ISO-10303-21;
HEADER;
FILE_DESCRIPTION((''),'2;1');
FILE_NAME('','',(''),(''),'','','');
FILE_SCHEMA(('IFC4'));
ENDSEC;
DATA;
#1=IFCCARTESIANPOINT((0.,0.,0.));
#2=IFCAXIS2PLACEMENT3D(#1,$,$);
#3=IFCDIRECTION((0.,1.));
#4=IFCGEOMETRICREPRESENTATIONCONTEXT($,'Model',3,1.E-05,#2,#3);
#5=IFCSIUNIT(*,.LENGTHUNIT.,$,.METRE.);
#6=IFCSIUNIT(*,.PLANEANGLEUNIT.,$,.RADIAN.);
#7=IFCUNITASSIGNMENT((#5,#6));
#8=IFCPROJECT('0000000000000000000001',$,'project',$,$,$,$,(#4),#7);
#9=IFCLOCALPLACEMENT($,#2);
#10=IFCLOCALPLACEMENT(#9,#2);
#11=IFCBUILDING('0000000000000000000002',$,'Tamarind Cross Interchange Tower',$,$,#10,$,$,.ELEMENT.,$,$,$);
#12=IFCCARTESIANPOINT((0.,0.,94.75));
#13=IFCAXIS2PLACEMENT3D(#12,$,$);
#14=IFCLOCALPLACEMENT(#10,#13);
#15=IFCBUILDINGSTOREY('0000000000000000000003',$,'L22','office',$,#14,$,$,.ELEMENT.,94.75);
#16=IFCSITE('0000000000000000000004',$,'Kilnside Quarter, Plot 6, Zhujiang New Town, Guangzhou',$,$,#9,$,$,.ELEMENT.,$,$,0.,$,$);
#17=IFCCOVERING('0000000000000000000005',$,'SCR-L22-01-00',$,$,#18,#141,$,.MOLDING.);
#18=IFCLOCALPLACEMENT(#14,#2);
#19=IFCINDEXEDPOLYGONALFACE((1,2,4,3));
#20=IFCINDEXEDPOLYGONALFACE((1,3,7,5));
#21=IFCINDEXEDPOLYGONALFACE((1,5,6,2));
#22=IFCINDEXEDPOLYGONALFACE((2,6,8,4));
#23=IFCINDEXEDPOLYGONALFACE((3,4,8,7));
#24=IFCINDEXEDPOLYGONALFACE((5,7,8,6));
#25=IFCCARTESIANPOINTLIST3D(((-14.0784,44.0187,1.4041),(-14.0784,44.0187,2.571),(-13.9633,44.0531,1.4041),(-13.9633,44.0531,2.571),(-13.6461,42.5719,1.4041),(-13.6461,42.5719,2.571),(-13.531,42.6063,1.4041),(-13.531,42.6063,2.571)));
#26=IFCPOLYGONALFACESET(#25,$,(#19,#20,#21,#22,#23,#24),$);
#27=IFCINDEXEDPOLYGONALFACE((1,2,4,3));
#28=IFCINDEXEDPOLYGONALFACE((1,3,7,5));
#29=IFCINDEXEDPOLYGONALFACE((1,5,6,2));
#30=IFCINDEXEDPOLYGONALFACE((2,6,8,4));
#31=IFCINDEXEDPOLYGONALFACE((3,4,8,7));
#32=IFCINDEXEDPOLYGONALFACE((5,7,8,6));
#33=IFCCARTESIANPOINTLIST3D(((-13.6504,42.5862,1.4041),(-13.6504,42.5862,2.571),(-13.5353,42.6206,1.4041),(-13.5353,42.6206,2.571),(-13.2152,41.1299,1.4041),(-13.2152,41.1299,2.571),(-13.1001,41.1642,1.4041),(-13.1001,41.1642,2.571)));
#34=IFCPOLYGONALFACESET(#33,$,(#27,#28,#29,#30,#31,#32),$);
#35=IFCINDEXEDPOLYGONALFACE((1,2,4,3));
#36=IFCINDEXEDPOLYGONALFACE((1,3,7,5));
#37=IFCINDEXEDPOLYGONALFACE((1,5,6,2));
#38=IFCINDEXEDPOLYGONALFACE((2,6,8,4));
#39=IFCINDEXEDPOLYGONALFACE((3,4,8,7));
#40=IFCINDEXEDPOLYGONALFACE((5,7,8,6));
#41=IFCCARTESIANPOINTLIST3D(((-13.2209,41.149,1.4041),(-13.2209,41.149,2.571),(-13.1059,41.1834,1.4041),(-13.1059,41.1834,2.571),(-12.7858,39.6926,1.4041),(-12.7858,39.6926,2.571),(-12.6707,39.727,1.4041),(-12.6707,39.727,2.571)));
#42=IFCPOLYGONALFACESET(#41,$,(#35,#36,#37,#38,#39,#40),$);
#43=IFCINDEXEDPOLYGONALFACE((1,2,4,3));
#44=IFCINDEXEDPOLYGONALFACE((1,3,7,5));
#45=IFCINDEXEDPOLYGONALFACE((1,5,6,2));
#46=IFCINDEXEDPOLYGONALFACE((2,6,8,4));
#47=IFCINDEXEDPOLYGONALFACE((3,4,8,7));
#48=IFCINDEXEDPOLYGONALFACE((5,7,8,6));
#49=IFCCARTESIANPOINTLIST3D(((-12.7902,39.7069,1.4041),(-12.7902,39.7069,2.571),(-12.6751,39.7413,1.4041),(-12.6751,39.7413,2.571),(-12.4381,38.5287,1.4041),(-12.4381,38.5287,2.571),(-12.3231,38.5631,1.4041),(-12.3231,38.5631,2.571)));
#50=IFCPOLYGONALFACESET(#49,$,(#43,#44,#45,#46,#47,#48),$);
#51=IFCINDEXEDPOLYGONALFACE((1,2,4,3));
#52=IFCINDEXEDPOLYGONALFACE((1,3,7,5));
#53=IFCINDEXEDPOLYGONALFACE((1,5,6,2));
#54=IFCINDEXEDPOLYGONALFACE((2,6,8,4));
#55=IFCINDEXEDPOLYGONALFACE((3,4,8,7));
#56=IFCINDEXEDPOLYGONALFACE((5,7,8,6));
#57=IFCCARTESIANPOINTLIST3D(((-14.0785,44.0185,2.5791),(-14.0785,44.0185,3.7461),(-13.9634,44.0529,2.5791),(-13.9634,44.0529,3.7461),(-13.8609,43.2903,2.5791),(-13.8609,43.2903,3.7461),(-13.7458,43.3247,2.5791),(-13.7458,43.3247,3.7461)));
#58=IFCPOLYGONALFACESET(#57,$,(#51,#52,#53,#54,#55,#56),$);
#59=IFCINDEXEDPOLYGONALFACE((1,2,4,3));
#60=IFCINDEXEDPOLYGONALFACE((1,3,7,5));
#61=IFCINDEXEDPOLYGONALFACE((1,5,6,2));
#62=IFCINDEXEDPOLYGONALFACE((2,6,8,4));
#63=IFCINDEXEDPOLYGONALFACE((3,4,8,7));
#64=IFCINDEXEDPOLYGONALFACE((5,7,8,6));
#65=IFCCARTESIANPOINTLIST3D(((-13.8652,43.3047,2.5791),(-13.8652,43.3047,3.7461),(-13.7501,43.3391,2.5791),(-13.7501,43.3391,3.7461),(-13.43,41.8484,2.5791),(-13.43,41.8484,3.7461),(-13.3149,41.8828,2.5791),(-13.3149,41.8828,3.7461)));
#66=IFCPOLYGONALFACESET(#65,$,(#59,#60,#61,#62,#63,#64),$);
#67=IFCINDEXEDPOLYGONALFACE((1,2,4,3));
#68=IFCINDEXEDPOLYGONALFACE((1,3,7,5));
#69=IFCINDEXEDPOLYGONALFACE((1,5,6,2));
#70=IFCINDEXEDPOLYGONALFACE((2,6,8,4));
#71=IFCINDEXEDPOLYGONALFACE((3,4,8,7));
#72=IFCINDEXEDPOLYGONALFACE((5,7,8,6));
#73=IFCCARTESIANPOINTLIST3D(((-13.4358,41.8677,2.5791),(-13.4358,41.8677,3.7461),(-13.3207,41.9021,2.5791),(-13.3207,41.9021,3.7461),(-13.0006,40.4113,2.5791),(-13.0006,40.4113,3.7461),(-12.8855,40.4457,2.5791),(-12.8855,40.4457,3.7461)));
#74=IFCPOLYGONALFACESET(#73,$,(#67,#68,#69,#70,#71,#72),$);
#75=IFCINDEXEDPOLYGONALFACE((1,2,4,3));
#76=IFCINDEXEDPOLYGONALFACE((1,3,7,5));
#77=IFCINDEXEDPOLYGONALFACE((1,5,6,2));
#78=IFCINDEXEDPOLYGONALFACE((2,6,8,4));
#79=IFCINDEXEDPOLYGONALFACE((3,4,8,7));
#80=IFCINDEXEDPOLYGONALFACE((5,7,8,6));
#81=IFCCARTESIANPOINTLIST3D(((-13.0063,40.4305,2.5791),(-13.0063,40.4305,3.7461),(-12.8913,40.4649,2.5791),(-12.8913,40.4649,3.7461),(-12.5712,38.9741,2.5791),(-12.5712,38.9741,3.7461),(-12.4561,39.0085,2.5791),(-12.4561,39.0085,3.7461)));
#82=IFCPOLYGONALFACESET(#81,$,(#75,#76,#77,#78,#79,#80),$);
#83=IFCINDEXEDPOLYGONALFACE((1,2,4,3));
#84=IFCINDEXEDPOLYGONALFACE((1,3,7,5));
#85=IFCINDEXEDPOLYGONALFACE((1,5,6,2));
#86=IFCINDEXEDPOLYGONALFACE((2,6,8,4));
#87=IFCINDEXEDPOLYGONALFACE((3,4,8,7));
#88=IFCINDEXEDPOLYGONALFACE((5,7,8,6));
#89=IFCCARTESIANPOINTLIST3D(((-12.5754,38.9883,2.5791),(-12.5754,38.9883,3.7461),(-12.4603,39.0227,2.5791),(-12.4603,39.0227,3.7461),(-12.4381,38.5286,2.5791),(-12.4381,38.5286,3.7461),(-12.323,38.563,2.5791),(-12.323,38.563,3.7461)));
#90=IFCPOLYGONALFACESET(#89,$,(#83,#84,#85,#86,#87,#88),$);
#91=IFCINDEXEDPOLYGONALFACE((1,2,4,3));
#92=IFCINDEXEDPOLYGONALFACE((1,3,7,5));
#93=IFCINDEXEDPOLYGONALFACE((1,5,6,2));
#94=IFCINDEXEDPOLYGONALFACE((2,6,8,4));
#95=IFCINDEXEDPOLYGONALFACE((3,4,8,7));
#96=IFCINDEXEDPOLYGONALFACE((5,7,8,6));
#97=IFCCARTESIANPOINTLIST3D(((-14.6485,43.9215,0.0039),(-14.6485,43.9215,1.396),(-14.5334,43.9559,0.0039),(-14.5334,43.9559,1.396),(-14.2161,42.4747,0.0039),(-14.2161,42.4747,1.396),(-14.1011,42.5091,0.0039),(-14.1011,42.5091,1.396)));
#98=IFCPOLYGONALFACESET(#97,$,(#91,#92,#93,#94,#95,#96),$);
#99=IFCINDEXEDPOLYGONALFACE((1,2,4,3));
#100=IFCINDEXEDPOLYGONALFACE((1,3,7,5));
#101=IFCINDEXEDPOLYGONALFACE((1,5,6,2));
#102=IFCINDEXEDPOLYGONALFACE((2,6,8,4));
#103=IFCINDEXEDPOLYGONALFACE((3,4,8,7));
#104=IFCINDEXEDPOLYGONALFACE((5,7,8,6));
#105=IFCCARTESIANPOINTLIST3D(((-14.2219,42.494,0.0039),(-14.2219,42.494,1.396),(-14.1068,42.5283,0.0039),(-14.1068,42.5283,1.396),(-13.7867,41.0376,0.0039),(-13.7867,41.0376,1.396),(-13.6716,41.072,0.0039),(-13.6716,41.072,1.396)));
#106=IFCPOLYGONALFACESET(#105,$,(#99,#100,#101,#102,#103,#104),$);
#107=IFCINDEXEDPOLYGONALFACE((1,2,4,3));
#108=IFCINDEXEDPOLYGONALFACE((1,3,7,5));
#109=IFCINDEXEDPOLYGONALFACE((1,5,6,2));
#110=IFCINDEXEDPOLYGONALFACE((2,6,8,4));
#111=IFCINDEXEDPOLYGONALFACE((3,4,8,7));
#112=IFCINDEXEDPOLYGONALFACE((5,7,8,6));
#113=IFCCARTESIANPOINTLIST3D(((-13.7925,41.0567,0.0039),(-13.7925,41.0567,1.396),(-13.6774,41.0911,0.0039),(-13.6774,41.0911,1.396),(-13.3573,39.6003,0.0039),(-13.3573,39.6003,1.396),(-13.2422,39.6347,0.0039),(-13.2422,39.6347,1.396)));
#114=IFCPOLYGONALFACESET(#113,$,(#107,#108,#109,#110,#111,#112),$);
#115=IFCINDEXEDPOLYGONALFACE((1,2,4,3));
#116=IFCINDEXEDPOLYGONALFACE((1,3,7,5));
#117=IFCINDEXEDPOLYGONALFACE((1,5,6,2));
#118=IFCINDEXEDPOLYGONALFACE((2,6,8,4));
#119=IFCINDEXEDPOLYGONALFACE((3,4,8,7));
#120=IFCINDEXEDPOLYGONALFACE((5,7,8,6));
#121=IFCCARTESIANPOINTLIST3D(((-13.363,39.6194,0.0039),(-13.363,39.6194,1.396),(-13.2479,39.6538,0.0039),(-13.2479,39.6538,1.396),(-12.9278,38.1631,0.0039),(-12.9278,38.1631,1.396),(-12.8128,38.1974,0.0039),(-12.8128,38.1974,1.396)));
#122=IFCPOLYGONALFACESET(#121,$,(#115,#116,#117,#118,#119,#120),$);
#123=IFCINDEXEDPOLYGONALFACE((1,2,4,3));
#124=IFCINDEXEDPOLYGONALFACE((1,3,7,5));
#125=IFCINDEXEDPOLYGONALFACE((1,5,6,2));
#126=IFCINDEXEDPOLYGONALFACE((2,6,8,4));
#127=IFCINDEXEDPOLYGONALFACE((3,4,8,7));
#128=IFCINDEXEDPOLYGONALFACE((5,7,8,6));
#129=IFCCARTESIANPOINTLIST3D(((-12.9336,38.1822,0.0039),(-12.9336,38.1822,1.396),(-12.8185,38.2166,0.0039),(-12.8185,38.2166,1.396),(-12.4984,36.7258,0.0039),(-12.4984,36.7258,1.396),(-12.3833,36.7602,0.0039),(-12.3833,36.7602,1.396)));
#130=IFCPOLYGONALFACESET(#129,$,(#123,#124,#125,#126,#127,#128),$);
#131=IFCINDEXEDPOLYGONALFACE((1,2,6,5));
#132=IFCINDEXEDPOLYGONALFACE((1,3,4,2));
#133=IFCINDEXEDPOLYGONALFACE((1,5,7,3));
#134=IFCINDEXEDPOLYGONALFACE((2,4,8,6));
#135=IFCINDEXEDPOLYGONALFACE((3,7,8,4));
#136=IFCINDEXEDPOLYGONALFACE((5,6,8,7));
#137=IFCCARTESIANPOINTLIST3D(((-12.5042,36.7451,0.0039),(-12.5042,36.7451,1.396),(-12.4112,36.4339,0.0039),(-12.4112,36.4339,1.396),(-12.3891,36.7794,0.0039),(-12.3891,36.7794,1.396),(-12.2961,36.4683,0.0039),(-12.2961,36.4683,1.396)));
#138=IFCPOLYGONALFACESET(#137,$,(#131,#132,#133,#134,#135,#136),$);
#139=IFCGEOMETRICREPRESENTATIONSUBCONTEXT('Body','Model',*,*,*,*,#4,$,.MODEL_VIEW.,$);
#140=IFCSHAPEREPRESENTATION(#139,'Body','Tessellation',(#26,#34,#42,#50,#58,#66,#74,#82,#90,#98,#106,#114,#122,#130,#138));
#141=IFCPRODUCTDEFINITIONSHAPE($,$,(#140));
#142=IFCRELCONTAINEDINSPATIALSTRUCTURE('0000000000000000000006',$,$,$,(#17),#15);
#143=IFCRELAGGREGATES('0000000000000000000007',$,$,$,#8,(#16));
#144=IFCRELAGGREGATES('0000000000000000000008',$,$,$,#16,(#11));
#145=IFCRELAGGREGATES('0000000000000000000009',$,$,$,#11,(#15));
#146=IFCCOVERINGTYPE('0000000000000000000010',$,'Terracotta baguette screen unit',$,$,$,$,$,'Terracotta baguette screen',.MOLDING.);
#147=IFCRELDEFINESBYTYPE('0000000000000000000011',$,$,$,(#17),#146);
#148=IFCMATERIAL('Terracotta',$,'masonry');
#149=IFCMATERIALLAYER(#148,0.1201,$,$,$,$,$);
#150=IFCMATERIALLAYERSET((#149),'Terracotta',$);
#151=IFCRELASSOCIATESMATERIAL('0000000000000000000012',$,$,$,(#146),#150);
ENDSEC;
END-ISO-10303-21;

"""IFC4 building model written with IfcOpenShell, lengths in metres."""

from ifc_helpers import new_model, si_unit, direction, frame, origin, origin_2d, place, context, subcontext, project, spatial, rectangle, extrude, material, layer, layer_set, type_object, element, save


model = new_model("IFC4")

# Units and contexts
model_context = context("Model", 3, precision=1e-05, world=origin(), true_north=direction((0.0, 1.0)))
body_context = subcontext(model_context, "Body", "Model", "MODEL_VIEW")
ifc_project = project(units=[si_unit("LENGTHUNIT", "METRE"), si_unit("PLANEANGLEUNIT", "RADIAN")], contexts=[model_context])

# Site, building, storey
site_placement = place(None, origin())
site = spatial("IfcSite", under=ifc_project, at=site_placement, Name="Kilnside Quarter, Plot 6, Zhujiang New Town, Guangzhou", CompositionType="ELEMENT", RefElevation=0.0)
building_placement = place(site_placement, origin())
building = spatial("IfcBuilding", under=site, at=building_placement, Name="Tamarind Cross Interchange Tower", CompositionType="ELEMENT")
storey_placement = place(building_placement, frame((0.0, 0.0, 94.75)))
storey = spatial("IfcBuildingStorey", under=building, at=storey_placement, Name="L22", Description="office", CompositionType="ELEMENT", Elevation=94.75)

# Covering
ifc_material_1 = material(Name="Terracotta", Category="masonry")
ifc_layer_1 = layer(ifc_material_1, 0.1201)
ifc_layer_set_1 = layer_set([ifc_layer_1], Name="Terracotta")
covering_type = type_object("IfcCoveringType", Name="Terracotta baguette screen unit", ElementType="Terracotta baguette screen", PredefinedType="MOLDING", material=ifc_layer_set_1)
covering_1_placement = place(storey_placement, origin())
element("IfcCovering", 1, at=covering_1_placement, inside=storey, type_object=covering_type, Name="SCR-L22-01-00", PredefinedType="MOLDING", context=body_context, shape_type="SweptSolid", body=[
    extrude(rectangle(XDim=1.51, YDim=0.1201, at=origin_2d()), frame((-13.8047, 43.3125, 1.4041), z_axis=(0.0, 0.0, 1.0), x_axis=(0.286304, -0.958139, 0.0)), (0.0, 0.0, 1.0), 1.167),
    extrude(rectangle(XDim=1.52, YDim=0.1201, at=origin_2d()), frame((-13.3752, 41.8752, 1.4041), z_axis=(0.0, 0.0, 1.0), x_axis=(0.286304, -0.958139, 0.0)), (0.0, 0.0, 1.0), 1.167),
    extrude(rectangle(XDim=1.52, YDim=0.1201, at=origin_2d()), frame((-12.9458, 40.438, 1.4041), z_axis=(0.0, 0.0, 1.0), x_axis=(0.286304, -0.958139, 0.0)), (0.0, 0.0, 1.0), 1.167),
    extrude(rectangle(XDim=1.2297, YDim=0.1201, at=origin_2d()), frame((-12.5566, 39.135, 1.4041), z_axis=(0.0, 0.0, 1.0), x_axis=(0.286304, -0.958139, 0.0)), (0.0, 0.0, 1.0), 1.167),
    extrude(rectangle(XDim=0.76, YDim=0.1201, at=origin_2d()), frame((-13.9121, 43.6716, 2.5791), z_axis=(0.0, 0.0, 1.0), x_axis=(0.286304, -0.958139, 0.0)), (0.0, 0.0, 1.0), 1.167),
    extrude(rectangle(XDim=1.52, YDim=0.1201, at=origin_2d()), frame((-13.5901, 42.5938, 2.5791), z_axis=(0.0, 0.0, 1.0), x_axis=(0.286304, -0.958139, 0.0)), (0.0, 0.0, 1.0), 1.167),
    extrude(rectangle(XDim=1.52, YDim=0.1201, at=origin_2d()), frame((-13.1606, 41.1567, 2.5791), z_axis=(0.0, 0.0, 1.0), x_axis=(0.286304, -0.958139, 0.0)), (0.0, 0.0, 1.0), 1.167),
    extrude(rectangle(XDim=1.52, YDim=0.1201, at=origin_2d()), frame((-12.7312, 39.7195, 2.5791), z_axis=(0.0, 0.0, 1.0), x_axis=(0.286304, -0.958139, 0.0)), (0.0, 0.0, 1.0), 1.167),
    extrude(rectangle(XDim=0.4797, YDim=0.1201, at=origin_2d()), frame((-12.4492, 38.7756, 2.5791), z_axis=(0.0, 0.0, 1.0), x_axis=(0.286304, -0.958139, 0.0)), (0.0, 0.0, 1.0), 1.167),
    extrude(rectangle(XDim=1.51, YDim=0.1201, at=origin_2d()), frame((-14.3748, 43.2153, 0.0039), z_axis=(0.0, 0.0, 1.0), x_axis=(0.286304, -0.958139, 0.0)), (0.0, 0.0, 1.0), 1.3921),
    extrude(rectangle(XDim=1.52, YDim=0.1201, at=origin_2d()), frame((-13.9468, 41.783, 0.0039), z_axis=(0.0, 0.0, 1.0), x_axis=(0.286304, -0.958139, 0.0)), (0.0, 0.0, 1.0), 1.3921),
    extrude(rectangle(XDim=1.52, YDim=0.1201, at=origin_2d()), frame((-13.5173, 40.3457, 0.0039), z_axis=(0.0, 0.0, 1.0), x_axis=(0.286304, -0.958139, 0.0)), (0.0, 0.0, 1.0), 1.3921),
    extrude(rectangle(XDim=1.52, YDim=0.1201, at=origin_2d()), frame((-13.0879, 38.9084, 0.0039), z_axis=(0.0, 0.0, 1.0), x_axis=(0.286304, -0.958139, 0.0)), (0.0, 0.0, 1.0), 1.3921),
    extrude(rectangle(XDim=1.52, YDim=0.1201, at=origin_2d()), frame((-12.6584, 37.4712, 0.0039), z_axis=(0.0, 0.0, 1.0), x_axis=(0.286304, -0.958139, 0.0)), (0.0, 0.0, 1.0), 1.3921),
    extrude(rectangle(XDim=0.3247, YDim=0.1201, at=origin_2d()), frame((-12.4001, 36.6067, 0.0039), z_axis=(0.0, 0.0, 1.0), x_axis=(0.286304, -0.958139, 0.0)), (0.0, 0.0, 1.0), 1.3921),
])

save(model, "model.ifc")
